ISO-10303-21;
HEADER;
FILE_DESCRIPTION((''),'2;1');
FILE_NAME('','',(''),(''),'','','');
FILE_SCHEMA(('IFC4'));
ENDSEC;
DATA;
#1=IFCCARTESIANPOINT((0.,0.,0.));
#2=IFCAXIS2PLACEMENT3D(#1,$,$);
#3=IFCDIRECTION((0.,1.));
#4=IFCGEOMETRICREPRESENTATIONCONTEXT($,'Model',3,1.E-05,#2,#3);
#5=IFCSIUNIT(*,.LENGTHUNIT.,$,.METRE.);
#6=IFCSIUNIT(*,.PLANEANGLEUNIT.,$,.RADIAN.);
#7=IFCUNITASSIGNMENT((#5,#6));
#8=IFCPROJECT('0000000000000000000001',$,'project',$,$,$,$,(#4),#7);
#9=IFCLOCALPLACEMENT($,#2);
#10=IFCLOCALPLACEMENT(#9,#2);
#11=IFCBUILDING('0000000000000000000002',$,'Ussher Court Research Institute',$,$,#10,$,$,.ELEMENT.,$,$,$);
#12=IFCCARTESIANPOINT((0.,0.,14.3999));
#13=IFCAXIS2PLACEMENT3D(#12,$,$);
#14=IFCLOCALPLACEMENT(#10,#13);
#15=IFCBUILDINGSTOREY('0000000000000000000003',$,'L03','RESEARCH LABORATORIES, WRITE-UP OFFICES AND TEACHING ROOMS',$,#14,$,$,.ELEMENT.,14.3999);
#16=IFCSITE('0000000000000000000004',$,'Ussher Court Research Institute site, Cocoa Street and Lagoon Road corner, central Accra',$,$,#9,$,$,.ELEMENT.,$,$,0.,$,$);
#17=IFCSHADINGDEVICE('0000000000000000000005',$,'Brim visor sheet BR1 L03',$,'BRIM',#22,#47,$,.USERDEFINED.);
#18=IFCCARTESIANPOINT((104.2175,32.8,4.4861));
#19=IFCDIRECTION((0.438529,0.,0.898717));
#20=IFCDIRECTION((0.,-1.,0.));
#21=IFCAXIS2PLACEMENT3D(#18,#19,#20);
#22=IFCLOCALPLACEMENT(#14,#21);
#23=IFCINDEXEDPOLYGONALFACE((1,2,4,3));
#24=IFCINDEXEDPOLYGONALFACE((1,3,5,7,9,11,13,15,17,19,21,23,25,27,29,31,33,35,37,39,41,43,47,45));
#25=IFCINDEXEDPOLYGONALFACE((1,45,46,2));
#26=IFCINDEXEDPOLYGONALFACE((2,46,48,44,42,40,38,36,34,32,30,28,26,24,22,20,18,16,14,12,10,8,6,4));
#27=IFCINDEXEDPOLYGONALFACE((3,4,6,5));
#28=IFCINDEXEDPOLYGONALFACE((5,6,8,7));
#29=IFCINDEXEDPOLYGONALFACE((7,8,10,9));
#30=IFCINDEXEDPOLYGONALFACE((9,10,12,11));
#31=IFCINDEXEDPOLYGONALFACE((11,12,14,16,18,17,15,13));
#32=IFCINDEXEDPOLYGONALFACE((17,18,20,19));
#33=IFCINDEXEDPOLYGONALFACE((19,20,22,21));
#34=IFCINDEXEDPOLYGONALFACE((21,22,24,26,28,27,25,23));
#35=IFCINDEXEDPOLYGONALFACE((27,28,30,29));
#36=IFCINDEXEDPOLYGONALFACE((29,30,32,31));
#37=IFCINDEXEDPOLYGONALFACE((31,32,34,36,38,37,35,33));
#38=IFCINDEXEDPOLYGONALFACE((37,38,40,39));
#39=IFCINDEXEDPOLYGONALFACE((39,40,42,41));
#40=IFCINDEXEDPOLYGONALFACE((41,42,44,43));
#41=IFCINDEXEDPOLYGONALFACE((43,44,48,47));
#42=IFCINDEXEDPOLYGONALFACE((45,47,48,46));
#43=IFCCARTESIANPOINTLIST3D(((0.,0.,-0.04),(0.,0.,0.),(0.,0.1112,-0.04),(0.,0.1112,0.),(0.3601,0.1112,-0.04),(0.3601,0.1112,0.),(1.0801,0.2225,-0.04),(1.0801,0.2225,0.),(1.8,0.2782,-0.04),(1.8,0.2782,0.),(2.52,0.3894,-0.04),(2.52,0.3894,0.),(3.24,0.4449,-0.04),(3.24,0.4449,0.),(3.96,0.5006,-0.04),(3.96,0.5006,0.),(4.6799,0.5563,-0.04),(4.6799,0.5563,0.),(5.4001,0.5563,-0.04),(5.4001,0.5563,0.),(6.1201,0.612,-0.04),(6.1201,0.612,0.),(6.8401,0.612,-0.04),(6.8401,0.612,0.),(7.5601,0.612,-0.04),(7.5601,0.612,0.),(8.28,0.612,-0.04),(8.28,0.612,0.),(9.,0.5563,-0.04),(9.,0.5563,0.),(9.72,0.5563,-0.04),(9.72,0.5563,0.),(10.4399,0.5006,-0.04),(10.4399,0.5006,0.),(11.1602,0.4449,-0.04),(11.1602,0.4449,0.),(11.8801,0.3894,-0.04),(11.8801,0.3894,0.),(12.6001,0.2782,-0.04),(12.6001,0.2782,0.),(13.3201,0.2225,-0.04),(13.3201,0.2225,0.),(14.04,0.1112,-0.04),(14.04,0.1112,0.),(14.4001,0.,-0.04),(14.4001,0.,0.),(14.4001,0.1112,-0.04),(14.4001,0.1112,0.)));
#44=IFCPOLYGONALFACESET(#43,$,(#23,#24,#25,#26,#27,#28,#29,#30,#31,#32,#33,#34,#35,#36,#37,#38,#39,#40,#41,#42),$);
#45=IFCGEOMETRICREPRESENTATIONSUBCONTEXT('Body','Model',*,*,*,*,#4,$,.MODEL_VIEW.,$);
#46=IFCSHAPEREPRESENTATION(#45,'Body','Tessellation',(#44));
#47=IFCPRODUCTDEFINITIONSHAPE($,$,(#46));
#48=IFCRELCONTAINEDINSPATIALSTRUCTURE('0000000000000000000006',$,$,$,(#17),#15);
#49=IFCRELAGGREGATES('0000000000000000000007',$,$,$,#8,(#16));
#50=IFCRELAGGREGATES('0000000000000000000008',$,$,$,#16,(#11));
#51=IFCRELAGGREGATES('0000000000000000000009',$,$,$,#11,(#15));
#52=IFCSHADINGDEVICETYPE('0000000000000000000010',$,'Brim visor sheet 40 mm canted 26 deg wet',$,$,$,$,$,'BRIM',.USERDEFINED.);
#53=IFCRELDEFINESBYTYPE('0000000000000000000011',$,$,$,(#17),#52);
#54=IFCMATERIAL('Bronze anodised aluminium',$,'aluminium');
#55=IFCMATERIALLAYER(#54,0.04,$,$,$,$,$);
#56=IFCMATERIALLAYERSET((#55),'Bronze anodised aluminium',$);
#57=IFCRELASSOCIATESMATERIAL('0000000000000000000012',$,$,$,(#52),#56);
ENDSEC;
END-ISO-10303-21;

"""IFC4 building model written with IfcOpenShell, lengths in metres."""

from ifc_helpers import new_model, si_unit, direction, frame, origin, place, context, subcontext, project, spatial, polyline, outline, extrude, material, layer, layer_set, type_object, element, save


model = new_model("IFC4")

# Units and contexts
model_context = context("Model", 3, precision=1e-05, world=origin(), true_north=direction((0.0, 1.0)))
body_context = subcontext(model_context, "Body", "Model", "MODEL_VIEW")
ifc_project = project(units=[si_unit("LENGTHUNIT", "METRE"), si_unit("PLANEANGLEUNIT", "RADIAN")], contexts=[model_context])

# Site, building, storey
site_placement = place(None, origin())
site = spatial("IfcSite", under=ifc_project, at=site_placement, Name="Ussher Court Research Institute site, Cocoa Street and Lagoon Road corner, central Accra", CompositionType="ELEMENT", RefElevation=0.0)
building_placement = place(site_placement, origin())
building = spatial("IfcBuilding", under=site, at=building_placement, Name="Ussher Court Research Institute", CompositionType="ELEMENT")
storey_placement = place(building_placement, frame((0.0, 0.0, 14.3999)))
storey = spatial("IfcBuildingStorey", under=building, at=storey_placement, Name="L03", Description="RESEARCH LABORATORIES, WRITE-UP OFFICES AND TEACHING ROOMS", CompositionType="ELEMENT", Elevation=14.3999)

# Shading device
ifc_material_1 = material(Name="Bronze anodised aluminium", Category="aluminium")
ifc_layer_1 = layer(ifc_material_1, 0.04)
ifc_layer_set_1 = layer_set([ifc_layer_1], Name="Bronze anodised aluminium")
shading_device_type_1 = type_object("IfcShadingDeviceType", Name="Brim visor sheet 40 mm canted 26 deg wet", ElementType="BRIM", PredefinedType="USERDEFINED", material=ifc_layer_set_1)
shading_device_1_placement = place(storey_placement, frame((104.2175, 32.8, 4.4861), z_axis=(0.438529, 0.0, 0.898717), x_axis=(0.0, -1.0, 0.0)))
element("IfcShadingDevice", 1, at=shading_device_1_placement, inside=storey, type_object=shading_device_type_1, Name="Brim visor sheet BR1 L03", ObjectType="BRIM", PredefinedType="USERDEFINED", context=body_context, shape_type="SweptSolid", body=[
    extrude(outline(polyline([(0.0, 0.0), (14.4001, 0.0), (14.4001, 0.1112), (14.04, 0.1112), (13.3201, 0.2225), (12.6001, 0.2782), (11.8801, 0.3894), (11.1602, 0.4449), (10.4399, 0.5006), (9.72, 0.5563), (9.0, 0.5563), (8.28, 0.612), (7.5601, 0.612), (6.8401, 0.612), (6.1201, 0.612), (5.4001, 0.5563), (4.6799, 0.5563), (3.96, 0.5006), (3.24, 0.4449), (2.52, 0.3894), (1.8, 0.2782), (1.0801, 0.2225), (0.3601, 0.1112), (0.0, 0.1112), (0.0, 0.0)])), origin(), (0.0, 0.0, -1.0), 0.04),
])

save(model, "model.ifc")
